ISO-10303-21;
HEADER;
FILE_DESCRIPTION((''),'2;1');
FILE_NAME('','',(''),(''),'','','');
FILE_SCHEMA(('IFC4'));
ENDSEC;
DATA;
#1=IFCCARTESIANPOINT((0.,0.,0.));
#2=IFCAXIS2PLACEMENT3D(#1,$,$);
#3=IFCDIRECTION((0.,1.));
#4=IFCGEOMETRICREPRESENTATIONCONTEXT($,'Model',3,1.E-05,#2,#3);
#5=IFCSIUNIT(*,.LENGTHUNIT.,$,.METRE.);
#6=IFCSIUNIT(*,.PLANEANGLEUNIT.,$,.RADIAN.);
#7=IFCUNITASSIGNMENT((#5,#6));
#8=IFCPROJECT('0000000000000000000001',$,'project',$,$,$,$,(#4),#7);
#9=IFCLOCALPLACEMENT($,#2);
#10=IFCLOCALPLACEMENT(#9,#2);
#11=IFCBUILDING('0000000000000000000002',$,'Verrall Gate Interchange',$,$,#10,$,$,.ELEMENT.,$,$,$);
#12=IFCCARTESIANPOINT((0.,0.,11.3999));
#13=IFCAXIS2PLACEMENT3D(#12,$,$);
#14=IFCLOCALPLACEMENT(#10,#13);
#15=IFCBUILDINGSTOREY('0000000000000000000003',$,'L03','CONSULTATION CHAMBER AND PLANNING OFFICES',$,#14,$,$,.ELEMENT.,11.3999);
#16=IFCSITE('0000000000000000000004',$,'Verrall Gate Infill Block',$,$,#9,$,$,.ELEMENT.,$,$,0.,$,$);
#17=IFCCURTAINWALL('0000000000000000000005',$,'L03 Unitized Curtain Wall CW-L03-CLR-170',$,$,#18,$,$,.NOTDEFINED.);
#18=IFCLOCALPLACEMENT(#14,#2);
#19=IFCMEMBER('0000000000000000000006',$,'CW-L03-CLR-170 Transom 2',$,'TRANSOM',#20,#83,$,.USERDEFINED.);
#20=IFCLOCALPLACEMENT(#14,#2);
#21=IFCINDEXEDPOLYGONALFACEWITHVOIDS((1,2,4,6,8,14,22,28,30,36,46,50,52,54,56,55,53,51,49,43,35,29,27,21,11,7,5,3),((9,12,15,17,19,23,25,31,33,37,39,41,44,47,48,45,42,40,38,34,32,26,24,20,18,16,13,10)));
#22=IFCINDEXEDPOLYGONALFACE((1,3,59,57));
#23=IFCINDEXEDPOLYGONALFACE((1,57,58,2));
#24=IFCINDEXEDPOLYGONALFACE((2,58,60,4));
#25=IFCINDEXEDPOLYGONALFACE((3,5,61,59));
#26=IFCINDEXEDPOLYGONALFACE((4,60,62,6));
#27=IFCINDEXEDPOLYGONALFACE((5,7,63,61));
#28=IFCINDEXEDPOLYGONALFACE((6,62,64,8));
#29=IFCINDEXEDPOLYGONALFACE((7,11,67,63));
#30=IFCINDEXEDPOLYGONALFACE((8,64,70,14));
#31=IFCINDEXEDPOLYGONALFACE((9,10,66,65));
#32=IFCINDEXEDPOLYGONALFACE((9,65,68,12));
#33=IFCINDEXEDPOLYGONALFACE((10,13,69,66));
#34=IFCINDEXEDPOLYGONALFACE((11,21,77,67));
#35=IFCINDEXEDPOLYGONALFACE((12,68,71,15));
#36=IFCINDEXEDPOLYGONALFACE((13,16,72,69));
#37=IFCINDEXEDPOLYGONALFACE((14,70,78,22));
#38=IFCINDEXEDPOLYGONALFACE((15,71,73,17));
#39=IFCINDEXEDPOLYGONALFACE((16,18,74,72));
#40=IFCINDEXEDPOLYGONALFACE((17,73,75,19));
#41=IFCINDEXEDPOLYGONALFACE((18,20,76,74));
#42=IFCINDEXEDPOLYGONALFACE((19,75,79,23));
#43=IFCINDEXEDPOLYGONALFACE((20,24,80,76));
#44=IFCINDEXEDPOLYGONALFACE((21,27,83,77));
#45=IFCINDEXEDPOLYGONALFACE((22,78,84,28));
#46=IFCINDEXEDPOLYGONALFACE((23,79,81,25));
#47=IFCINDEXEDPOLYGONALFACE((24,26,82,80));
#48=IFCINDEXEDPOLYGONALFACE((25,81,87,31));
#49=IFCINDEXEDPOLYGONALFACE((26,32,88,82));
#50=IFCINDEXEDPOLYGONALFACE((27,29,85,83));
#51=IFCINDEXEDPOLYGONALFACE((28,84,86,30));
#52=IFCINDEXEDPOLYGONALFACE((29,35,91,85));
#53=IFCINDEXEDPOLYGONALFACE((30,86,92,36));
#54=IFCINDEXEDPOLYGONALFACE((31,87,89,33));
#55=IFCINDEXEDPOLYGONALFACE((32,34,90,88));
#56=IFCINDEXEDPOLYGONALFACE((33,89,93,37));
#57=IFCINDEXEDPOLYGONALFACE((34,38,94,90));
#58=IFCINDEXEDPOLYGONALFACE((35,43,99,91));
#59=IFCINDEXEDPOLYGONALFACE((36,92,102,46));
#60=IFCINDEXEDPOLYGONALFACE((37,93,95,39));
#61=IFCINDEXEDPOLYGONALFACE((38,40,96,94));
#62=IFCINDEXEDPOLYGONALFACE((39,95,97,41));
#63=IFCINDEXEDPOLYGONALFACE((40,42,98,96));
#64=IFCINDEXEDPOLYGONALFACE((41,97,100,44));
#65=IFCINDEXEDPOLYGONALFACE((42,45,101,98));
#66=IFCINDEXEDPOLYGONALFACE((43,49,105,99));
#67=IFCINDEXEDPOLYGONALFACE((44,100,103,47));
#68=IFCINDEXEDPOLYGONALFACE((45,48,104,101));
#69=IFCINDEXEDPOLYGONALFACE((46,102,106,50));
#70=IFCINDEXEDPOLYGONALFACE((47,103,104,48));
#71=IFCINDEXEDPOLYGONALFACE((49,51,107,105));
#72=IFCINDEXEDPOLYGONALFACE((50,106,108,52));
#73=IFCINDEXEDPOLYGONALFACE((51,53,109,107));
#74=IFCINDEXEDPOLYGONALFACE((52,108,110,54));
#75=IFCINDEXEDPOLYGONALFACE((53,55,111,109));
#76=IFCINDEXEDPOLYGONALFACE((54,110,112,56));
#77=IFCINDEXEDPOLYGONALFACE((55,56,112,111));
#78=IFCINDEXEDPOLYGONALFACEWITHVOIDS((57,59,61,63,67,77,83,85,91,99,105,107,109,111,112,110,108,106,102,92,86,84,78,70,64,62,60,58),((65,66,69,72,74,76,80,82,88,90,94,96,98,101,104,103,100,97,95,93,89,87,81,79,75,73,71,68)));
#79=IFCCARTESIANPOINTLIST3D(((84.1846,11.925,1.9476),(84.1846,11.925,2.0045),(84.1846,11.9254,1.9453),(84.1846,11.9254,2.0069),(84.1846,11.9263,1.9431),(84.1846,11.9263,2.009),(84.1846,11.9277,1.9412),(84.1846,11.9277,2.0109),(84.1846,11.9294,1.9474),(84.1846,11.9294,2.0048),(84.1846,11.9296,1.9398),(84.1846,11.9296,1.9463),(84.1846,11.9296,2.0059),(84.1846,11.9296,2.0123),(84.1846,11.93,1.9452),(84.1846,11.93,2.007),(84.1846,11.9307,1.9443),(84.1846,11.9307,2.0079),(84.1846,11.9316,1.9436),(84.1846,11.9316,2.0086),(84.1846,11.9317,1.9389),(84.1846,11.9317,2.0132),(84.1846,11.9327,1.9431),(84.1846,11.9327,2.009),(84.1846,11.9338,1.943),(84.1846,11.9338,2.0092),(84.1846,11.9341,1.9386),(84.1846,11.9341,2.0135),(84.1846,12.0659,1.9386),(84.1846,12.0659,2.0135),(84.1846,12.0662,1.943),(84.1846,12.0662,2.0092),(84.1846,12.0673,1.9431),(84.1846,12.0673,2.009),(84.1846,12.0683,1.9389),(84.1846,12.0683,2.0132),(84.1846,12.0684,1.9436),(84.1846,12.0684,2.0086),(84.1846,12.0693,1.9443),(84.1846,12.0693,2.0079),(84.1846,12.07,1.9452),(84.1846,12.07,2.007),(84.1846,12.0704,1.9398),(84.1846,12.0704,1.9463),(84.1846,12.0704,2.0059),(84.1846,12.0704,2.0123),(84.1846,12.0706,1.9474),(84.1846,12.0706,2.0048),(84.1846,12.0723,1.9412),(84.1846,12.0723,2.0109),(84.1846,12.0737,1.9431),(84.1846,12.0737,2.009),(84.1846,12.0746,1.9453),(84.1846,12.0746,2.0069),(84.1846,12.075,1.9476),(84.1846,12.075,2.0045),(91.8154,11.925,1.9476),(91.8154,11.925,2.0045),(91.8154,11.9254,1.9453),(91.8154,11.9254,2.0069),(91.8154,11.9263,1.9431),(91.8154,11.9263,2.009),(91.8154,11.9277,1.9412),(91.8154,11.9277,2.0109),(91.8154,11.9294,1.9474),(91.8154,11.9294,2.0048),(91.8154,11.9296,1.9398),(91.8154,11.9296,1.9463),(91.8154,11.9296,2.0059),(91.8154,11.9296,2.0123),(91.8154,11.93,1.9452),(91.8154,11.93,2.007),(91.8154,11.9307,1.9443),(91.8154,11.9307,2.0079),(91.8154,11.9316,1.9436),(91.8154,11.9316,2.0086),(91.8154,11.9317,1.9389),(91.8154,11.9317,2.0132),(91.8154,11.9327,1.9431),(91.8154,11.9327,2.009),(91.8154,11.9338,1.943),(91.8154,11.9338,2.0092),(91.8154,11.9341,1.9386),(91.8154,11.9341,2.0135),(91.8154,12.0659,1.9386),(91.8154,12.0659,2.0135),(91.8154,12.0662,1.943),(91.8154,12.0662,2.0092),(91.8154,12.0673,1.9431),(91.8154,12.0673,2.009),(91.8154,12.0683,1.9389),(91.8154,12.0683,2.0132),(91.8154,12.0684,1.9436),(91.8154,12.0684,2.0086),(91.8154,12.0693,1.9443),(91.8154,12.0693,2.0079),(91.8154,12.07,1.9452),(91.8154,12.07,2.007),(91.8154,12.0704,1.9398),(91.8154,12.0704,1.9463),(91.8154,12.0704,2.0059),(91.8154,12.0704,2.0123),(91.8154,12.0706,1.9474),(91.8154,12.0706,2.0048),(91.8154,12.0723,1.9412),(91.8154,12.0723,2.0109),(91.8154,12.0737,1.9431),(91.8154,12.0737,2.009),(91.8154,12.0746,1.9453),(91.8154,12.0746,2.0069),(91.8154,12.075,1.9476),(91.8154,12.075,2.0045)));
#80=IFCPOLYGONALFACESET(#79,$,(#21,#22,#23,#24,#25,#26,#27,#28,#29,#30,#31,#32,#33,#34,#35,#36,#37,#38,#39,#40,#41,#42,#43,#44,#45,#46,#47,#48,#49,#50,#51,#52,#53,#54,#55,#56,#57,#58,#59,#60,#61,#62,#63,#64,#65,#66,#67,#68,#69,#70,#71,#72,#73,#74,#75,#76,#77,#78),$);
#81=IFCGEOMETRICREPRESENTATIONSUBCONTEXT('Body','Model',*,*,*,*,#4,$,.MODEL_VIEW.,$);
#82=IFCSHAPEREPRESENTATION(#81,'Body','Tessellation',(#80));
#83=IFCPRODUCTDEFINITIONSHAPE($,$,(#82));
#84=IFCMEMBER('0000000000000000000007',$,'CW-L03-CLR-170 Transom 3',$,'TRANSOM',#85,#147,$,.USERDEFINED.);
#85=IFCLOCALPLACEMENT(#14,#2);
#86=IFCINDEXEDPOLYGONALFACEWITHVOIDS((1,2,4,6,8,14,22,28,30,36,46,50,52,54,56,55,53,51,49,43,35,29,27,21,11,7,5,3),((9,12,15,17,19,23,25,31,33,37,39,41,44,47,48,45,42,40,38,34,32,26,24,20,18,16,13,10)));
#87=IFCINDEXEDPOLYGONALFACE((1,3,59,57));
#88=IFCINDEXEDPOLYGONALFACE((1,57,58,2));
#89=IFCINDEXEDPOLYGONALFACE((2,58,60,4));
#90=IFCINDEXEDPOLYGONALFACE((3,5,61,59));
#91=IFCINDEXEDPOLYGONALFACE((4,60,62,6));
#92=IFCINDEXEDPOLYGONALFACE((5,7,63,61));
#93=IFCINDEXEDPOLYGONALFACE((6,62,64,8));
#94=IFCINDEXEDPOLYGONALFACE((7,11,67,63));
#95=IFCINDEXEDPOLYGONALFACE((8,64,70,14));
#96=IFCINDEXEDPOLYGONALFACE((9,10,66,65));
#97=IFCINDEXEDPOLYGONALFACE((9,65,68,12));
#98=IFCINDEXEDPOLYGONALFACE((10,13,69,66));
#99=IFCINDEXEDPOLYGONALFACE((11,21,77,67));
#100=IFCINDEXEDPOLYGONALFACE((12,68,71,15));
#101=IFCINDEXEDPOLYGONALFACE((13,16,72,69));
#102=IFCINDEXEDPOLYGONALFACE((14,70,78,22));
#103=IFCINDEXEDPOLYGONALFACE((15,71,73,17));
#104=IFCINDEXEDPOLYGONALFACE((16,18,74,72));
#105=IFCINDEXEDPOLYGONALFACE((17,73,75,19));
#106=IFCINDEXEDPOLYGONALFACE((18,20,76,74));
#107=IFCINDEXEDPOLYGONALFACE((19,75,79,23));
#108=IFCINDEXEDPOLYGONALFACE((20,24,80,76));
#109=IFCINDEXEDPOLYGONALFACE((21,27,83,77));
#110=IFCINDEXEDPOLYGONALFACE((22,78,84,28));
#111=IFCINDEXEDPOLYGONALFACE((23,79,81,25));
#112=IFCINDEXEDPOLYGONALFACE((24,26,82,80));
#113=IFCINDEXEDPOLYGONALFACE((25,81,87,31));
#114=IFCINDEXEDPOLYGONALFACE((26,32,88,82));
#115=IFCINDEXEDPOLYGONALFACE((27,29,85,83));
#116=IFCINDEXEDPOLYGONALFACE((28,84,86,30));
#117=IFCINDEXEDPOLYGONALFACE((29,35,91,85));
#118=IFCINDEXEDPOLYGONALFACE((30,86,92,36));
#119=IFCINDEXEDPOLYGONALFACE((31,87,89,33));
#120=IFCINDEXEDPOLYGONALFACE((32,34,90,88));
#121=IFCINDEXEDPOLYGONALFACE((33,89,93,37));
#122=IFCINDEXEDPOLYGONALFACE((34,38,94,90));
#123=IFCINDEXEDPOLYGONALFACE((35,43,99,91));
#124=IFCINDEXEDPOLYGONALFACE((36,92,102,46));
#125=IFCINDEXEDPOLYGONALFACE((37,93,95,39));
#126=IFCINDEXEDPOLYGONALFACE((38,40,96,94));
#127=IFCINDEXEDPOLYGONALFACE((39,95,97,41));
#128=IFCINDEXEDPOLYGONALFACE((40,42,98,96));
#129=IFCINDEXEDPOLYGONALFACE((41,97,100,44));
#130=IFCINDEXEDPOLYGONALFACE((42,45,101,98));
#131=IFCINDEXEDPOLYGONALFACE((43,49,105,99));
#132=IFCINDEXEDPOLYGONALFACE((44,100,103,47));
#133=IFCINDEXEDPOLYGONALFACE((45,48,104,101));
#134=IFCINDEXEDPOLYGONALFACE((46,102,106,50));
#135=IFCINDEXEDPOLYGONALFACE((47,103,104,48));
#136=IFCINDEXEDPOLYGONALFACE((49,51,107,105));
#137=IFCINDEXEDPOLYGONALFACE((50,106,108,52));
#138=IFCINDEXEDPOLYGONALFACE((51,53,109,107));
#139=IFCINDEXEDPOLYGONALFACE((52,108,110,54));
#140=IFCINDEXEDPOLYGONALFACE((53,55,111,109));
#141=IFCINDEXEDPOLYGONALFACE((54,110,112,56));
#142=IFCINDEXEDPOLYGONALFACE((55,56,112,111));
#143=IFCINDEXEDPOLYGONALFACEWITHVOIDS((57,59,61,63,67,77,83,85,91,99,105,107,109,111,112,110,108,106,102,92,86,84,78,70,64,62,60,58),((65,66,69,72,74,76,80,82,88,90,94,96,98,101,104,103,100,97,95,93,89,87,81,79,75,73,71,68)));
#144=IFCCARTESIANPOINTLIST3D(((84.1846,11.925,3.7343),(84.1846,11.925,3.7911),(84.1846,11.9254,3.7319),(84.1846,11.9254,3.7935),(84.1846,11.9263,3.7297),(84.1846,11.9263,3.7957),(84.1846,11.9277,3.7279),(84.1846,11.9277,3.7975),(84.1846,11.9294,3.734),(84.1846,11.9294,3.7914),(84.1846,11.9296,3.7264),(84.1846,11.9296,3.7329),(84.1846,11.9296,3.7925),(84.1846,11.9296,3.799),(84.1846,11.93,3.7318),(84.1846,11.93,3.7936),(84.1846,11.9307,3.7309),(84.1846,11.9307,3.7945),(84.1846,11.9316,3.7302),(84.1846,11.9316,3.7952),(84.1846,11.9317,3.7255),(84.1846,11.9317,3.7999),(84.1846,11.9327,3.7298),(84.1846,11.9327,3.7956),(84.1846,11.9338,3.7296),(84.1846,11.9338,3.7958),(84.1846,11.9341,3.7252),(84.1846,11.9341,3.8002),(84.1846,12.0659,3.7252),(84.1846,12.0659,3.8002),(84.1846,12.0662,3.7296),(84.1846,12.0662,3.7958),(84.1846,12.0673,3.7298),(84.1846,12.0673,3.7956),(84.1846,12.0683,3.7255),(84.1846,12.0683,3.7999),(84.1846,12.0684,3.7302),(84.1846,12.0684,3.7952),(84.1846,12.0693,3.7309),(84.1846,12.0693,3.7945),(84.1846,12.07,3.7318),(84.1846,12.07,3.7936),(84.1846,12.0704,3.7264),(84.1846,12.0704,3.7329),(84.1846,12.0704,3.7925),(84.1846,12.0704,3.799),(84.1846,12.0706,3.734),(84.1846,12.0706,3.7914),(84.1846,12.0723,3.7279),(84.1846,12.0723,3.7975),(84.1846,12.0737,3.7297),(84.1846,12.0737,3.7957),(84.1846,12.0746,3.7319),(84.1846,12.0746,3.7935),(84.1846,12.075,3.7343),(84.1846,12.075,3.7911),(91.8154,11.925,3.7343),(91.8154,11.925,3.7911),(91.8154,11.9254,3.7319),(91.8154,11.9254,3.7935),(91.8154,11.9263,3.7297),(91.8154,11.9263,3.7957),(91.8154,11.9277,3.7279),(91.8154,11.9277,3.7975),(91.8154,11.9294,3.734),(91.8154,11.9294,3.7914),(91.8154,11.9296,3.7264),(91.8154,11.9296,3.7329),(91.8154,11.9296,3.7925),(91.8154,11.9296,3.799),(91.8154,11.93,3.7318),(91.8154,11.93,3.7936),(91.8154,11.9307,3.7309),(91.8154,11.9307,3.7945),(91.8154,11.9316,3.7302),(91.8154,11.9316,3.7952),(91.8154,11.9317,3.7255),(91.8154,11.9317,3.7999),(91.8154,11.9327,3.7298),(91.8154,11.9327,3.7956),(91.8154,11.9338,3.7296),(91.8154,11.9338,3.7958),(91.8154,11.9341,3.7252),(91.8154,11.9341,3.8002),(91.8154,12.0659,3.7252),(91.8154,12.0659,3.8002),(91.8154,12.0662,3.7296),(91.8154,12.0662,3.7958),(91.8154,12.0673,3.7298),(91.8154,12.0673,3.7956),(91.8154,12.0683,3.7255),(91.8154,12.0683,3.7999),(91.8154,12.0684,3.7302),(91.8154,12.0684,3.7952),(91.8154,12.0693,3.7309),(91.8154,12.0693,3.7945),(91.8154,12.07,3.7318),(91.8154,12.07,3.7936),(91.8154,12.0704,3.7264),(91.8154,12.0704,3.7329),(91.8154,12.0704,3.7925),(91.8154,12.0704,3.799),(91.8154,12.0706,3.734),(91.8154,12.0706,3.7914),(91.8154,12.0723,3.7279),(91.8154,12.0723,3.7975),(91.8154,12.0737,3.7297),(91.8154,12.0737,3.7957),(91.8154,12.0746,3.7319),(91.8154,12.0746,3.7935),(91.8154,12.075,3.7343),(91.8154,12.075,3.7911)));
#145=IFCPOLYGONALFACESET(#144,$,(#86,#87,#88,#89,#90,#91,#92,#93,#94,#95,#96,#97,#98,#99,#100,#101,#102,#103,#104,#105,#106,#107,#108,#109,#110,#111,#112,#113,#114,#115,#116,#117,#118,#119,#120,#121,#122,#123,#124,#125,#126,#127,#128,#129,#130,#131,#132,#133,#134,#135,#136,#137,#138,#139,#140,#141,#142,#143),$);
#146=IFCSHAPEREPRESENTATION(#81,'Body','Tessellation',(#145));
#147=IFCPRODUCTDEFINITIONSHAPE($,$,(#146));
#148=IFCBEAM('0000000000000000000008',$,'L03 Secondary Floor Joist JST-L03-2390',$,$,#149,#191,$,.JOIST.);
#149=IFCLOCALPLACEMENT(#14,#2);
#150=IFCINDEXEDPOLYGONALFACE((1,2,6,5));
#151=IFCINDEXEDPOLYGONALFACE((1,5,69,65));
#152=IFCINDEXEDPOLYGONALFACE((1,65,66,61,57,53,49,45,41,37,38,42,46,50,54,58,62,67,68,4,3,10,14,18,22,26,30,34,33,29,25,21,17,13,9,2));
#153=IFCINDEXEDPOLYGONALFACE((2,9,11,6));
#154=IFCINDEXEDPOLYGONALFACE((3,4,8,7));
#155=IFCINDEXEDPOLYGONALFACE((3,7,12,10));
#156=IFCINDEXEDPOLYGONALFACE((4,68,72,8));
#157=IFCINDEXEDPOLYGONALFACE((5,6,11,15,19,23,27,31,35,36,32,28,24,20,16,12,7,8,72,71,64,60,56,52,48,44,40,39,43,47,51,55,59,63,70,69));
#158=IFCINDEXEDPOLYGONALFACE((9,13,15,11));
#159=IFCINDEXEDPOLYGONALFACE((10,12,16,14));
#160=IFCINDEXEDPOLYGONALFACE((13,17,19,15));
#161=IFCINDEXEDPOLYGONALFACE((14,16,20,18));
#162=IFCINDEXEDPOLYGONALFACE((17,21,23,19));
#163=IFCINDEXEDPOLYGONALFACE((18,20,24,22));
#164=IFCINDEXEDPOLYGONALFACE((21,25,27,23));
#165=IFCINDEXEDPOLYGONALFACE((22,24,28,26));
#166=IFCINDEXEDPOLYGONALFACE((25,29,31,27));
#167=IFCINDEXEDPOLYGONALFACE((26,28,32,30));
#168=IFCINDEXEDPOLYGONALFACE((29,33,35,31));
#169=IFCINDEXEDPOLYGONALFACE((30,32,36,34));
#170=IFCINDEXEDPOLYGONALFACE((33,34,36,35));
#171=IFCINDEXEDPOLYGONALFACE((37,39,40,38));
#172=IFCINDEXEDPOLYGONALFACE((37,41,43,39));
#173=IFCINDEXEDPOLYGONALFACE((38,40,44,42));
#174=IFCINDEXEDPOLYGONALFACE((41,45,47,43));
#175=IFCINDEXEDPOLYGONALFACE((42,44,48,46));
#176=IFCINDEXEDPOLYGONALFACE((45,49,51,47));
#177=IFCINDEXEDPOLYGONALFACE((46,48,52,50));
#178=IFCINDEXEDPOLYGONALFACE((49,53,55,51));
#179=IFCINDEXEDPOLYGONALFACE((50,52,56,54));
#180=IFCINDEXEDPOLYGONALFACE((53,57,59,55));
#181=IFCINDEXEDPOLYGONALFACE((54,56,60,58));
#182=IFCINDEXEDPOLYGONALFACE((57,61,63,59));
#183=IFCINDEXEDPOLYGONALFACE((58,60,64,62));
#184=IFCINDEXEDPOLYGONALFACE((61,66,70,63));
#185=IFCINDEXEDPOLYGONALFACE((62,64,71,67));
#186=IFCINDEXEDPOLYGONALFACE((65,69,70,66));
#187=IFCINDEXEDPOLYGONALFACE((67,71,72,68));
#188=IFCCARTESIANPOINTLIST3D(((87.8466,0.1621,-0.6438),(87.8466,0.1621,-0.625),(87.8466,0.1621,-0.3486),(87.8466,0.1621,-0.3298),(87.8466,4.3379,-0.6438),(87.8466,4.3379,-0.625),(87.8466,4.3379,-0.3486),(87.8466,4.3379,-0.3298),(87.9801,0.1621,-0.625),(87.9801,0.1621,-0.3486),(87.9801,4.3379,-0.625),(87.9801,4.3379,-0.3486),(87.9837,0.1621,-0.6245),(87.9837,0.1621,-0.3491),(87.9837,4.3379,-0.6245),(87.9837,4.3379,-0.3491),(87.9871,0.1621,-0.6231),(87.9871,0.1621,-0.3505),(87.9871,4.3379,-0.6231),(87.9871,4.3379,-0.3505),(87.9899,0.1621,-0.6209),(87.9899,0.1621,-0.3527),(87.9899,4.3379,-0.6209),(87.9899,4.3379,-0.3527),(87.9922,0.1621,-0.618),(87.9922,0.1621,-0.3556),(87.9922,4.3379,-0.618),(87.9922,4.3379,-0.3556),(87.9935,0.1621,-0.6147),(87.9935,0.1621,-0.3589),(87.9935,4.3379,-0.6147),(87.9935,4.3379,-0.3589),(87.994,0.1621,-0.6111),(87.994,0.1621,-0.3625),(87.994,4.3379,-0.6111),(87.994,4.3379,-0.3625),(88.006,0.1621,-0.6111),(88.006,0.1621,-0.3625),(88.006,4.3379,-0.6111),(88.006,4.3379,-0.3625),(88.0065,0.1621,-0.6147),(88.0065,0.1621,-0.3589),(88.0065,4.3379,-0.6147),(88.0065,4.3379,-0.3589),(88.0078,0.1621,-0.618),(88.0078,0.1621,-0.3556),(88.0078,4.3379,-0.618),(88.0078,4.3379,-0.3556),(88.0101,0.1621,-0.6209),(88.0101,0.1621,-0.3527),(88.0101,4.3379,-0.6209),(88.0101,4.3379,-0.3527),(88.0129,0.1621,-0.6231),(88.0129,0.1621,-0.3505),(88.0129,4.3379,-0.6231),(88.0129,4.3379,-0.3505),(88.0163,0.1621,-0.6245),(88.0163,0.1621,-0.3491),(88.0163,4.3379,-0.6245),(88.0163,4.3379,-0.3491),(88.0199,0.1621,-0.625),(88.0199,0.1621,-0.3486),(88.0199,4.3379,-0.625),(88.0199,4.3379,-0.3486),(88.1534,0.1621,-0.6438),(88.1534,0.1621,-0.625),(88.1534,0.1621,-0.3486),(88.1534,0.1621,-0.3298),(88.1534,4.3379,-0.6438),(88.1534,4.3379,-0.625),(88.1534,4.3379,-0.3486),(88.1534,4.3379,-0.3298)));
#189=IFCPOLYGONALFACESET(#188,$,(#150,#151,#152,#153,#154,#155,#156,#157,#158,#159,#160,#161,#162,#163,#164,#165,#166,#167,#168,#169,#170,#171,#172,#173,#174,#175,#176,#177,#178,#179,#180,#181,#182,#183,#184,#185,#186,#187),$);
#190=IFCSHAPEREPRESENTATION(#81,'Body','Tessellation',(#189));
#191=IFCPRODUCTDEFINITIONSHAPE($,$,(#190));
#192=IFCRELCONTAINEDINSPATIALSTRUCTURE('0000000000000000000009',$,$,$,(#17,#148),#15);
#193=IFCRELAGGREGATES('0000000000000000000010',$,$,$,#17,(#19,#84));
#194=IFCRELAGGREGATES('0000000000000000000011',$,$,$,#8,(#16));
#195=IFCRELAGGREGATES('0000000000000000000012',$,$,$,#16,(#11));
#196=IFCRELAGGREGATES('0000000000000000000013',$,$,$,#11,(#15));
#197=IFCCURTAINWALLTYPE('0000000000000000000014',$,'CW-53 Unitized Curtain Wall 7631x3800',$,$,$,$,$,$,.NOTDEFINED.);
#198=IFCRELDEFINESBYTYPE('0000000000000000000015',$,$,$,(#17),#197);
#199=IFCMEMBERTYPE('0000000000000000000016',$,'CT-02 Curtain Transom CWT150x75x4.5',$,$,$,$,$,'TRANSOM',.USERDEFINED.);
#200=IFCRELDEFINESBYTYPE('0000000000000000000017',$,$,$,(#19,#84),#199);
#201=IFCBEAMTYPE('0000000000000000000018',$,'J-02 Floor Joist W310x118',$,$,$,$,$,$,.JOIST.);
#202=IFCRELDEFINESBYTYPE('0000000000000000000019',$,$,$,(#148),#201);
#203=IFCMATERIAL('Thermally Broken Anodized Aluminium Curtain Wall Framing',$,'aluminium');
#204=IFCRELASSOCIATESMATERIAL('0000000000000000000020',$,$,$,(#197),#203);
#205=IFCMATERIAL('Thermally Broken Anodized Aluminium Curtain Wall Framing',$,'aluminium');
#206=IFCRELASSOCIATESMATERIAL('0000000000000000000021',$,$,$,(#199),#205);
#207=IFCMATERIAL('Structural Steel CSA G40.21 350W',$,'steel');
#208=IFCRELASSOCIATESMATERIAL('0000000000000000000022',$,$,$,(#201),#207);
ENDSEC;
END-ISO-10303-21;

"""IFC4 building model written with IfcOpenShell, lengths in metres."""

from ifc_helpers import new_model, si_unit, direction, frame, origin, origin_2d, place, context, subcontext, project, spatial, hollow_rectangle, i_section, extrude, material, material_profile, profile_set, type_object, element, aggregate, save


model = new_model("IFC4")

# Units and contexts
model_context = context("Model", 3, precision=1e-05, world=origin(), true_north=direction((0.0, 1.0)))
body_context = subcontext(model_context, "Body", "Model", "MODEL_VIEW")
ifc_project = project(units=[si_unit("LENGTHUNIT", "METRE"), si_unit("PLANEANGLEUNIT", "RADIAN")], contexts=[model_context])

# Site, building, storey
site_placement = place(None, origin())
site = spatial("IfcSite", under=ifc_project, at=site_placement, Name="Verrall Gate Infill Block", CompositionType="ELEMENT", RefElevation=0.0)
building_placement = place(site_placement, origin())
building = spatial("IfcBuilding", under=site, at=building_placement, Name="Verrall Gate Interchange", CompositionType="ELEMENT")
storey_placement = place(building_placement, frame((0.0, 0.0, 11.3999)))
storey = spatial("IfcBuildingStorey", under=building, at=storey_placement, Name="L03", Description="CONSULTATION CHAMBER AND PLANNING OFFICES", CompositionType="ELEMENT", Elevation=11.3999)

# Shared definitions
ifc_material_1 = material(Name="Thermally Broken Anodized Aluminium Curtain Wall Framing", Category="aluminium")
curtain_wall_type = type_object("IfcCurtainWallType", Name="CW-53 Unitized Curtain Wall 7631x3800", PredefinedType="NOTDEFINED", material=ifc_material_1)

# Curtain wall, members
curtain_wall_1_placement = place(storey_placement, origin())
curtain_wall_1 = element("IfcCurtainWall", 1, at=curtain_wall_1_placement, inside=storey, type_object=curtain_wall_type, Name="L03 Unitized Curtain Wall CW-L03-CLR-170", PredefinedType="NOTDEFINED")
ifc_material_2 = material(Name="Thermally Broken Anodized Aluminium Curtain Wall Framing", Category="aluminium")
ifc_material_profile_1 = material_profile(ifc_material_2, hollow_rectangle(XDim=0.1499, YDim=0.075, WallThickness=0.0044, InnerFilletRadius=0.0044, OuterFilletRadius=0.009, at=origin_2d()), Name="CWT150x75x4.5")
ifc_profile_set_1 = profile_set([ifc_material_profile_1], Name="Thermally Broken Anodized Aluminium Curtain Wall Framing")
member_type_1 = type_object("IfcMemberType", Name="CT-02 Curtain Transom CWT150x75x4.5", ElementType="TRANSOM", PredefinedType="USERDEFINED", material=ifc_profile_set_1)
member_1_placement = place(storey_placement, frame((84.1846, 12.0, 1.9761), z_axis=(1.0, 0.0, 0.0), x_axis=(0.0, 1.0, 0.0)))
member_1 = element("IfcMember", 2, at=member_1_placement, type_object=member_type_1, Name="CW-L03-CLR-170 Transom 2", ObjectType="TRANSOM", PredefinedType="USERDEFINED", context=body_context, shape_type="SweptSolid", body=[
    extrude(hollow_rectangle(XDim=0.1499, YDim=0.075, WallThickness=0.0044, InnerFilletRadius=0.0044, OuterFilletRadius=0.009, at=origin_2d()), origin(), (0.0, 0.0, 1.0), 7.6309),
])
member_2_placement = place(storey_placement, frame((84.1846, 12.0, 3.7627), z_axis=(1.0, 0.0, 0.0), x_axis=(0.0, 1.0, 0.0)))
member_2 = element("IfcMember", 3, at=member_2_placement, type_object=member_type_1, Name="CW-L03-CLR-170 Transom 3", ObjectType="TRANSOM", PredefinedType="USERDEFINED", context=body_context, shape_type="SweptSolid", body=[
    extrude(hollow_rectangle(XDim=0.1499, YDim=0.075, WallThickness=0.0044, InnerFilletRadius=0.0044, OuterFilletRadius=0.009, at=origin_2d()), origin(), (0.0, 0.0, 1.0), 7.6309),
])

# Beam
ifc_material_3 = material(Name="Structural Steel CSA G40.21 350W", Category="steel")
ifc_material_profile_2 = material_profile(ifc_material_3, i_section(OverallWidth=0.3069, OverallDepth=0.314, WebThickness=0.012, FlangeThickness=0.0188, FilletRadius=0.0139, at=origin_2d()), Name="W310x118")
ifc_profile_set_2 = profile_set([ifc_material_profile_2], Name="Structural Steel CSA G40.21 350W")
beam_type_1 = type_object("IfcBeamType", Name="J-02 Floor Joist W310x118", PredefinedType="JOIST", material=ifc_profile_set_2)
beam_1_placement = place(storey_placement, frame((88.0, 0.1621, -0.4868), z_axis=(0.0, 1.0, 0.0), x_axis=(-1.0, 0.0, 0.0)))
element("IfcBeam", 4, at=beam_1_placement, inside=storey, type_object=beam_type_1, Name="L03 Secondary Floor Joist JST-L03-2390", PredefinedType="JOIST", context=body_context, shape_type="SweptSolid", body=[
    extrude(i_section(OverallWidth=0.3069, OverallDepth=0.314, WebThickness=0.012, FlangeThickness=0.0188, FilletRadius=0.0139, at=origin_2d()), origin(), (0.0, 0.0, 1.0), 4.1758),
])

aggregate(curtain_wall_1, [member_1, member_2])

save(model, "model.ifc")
